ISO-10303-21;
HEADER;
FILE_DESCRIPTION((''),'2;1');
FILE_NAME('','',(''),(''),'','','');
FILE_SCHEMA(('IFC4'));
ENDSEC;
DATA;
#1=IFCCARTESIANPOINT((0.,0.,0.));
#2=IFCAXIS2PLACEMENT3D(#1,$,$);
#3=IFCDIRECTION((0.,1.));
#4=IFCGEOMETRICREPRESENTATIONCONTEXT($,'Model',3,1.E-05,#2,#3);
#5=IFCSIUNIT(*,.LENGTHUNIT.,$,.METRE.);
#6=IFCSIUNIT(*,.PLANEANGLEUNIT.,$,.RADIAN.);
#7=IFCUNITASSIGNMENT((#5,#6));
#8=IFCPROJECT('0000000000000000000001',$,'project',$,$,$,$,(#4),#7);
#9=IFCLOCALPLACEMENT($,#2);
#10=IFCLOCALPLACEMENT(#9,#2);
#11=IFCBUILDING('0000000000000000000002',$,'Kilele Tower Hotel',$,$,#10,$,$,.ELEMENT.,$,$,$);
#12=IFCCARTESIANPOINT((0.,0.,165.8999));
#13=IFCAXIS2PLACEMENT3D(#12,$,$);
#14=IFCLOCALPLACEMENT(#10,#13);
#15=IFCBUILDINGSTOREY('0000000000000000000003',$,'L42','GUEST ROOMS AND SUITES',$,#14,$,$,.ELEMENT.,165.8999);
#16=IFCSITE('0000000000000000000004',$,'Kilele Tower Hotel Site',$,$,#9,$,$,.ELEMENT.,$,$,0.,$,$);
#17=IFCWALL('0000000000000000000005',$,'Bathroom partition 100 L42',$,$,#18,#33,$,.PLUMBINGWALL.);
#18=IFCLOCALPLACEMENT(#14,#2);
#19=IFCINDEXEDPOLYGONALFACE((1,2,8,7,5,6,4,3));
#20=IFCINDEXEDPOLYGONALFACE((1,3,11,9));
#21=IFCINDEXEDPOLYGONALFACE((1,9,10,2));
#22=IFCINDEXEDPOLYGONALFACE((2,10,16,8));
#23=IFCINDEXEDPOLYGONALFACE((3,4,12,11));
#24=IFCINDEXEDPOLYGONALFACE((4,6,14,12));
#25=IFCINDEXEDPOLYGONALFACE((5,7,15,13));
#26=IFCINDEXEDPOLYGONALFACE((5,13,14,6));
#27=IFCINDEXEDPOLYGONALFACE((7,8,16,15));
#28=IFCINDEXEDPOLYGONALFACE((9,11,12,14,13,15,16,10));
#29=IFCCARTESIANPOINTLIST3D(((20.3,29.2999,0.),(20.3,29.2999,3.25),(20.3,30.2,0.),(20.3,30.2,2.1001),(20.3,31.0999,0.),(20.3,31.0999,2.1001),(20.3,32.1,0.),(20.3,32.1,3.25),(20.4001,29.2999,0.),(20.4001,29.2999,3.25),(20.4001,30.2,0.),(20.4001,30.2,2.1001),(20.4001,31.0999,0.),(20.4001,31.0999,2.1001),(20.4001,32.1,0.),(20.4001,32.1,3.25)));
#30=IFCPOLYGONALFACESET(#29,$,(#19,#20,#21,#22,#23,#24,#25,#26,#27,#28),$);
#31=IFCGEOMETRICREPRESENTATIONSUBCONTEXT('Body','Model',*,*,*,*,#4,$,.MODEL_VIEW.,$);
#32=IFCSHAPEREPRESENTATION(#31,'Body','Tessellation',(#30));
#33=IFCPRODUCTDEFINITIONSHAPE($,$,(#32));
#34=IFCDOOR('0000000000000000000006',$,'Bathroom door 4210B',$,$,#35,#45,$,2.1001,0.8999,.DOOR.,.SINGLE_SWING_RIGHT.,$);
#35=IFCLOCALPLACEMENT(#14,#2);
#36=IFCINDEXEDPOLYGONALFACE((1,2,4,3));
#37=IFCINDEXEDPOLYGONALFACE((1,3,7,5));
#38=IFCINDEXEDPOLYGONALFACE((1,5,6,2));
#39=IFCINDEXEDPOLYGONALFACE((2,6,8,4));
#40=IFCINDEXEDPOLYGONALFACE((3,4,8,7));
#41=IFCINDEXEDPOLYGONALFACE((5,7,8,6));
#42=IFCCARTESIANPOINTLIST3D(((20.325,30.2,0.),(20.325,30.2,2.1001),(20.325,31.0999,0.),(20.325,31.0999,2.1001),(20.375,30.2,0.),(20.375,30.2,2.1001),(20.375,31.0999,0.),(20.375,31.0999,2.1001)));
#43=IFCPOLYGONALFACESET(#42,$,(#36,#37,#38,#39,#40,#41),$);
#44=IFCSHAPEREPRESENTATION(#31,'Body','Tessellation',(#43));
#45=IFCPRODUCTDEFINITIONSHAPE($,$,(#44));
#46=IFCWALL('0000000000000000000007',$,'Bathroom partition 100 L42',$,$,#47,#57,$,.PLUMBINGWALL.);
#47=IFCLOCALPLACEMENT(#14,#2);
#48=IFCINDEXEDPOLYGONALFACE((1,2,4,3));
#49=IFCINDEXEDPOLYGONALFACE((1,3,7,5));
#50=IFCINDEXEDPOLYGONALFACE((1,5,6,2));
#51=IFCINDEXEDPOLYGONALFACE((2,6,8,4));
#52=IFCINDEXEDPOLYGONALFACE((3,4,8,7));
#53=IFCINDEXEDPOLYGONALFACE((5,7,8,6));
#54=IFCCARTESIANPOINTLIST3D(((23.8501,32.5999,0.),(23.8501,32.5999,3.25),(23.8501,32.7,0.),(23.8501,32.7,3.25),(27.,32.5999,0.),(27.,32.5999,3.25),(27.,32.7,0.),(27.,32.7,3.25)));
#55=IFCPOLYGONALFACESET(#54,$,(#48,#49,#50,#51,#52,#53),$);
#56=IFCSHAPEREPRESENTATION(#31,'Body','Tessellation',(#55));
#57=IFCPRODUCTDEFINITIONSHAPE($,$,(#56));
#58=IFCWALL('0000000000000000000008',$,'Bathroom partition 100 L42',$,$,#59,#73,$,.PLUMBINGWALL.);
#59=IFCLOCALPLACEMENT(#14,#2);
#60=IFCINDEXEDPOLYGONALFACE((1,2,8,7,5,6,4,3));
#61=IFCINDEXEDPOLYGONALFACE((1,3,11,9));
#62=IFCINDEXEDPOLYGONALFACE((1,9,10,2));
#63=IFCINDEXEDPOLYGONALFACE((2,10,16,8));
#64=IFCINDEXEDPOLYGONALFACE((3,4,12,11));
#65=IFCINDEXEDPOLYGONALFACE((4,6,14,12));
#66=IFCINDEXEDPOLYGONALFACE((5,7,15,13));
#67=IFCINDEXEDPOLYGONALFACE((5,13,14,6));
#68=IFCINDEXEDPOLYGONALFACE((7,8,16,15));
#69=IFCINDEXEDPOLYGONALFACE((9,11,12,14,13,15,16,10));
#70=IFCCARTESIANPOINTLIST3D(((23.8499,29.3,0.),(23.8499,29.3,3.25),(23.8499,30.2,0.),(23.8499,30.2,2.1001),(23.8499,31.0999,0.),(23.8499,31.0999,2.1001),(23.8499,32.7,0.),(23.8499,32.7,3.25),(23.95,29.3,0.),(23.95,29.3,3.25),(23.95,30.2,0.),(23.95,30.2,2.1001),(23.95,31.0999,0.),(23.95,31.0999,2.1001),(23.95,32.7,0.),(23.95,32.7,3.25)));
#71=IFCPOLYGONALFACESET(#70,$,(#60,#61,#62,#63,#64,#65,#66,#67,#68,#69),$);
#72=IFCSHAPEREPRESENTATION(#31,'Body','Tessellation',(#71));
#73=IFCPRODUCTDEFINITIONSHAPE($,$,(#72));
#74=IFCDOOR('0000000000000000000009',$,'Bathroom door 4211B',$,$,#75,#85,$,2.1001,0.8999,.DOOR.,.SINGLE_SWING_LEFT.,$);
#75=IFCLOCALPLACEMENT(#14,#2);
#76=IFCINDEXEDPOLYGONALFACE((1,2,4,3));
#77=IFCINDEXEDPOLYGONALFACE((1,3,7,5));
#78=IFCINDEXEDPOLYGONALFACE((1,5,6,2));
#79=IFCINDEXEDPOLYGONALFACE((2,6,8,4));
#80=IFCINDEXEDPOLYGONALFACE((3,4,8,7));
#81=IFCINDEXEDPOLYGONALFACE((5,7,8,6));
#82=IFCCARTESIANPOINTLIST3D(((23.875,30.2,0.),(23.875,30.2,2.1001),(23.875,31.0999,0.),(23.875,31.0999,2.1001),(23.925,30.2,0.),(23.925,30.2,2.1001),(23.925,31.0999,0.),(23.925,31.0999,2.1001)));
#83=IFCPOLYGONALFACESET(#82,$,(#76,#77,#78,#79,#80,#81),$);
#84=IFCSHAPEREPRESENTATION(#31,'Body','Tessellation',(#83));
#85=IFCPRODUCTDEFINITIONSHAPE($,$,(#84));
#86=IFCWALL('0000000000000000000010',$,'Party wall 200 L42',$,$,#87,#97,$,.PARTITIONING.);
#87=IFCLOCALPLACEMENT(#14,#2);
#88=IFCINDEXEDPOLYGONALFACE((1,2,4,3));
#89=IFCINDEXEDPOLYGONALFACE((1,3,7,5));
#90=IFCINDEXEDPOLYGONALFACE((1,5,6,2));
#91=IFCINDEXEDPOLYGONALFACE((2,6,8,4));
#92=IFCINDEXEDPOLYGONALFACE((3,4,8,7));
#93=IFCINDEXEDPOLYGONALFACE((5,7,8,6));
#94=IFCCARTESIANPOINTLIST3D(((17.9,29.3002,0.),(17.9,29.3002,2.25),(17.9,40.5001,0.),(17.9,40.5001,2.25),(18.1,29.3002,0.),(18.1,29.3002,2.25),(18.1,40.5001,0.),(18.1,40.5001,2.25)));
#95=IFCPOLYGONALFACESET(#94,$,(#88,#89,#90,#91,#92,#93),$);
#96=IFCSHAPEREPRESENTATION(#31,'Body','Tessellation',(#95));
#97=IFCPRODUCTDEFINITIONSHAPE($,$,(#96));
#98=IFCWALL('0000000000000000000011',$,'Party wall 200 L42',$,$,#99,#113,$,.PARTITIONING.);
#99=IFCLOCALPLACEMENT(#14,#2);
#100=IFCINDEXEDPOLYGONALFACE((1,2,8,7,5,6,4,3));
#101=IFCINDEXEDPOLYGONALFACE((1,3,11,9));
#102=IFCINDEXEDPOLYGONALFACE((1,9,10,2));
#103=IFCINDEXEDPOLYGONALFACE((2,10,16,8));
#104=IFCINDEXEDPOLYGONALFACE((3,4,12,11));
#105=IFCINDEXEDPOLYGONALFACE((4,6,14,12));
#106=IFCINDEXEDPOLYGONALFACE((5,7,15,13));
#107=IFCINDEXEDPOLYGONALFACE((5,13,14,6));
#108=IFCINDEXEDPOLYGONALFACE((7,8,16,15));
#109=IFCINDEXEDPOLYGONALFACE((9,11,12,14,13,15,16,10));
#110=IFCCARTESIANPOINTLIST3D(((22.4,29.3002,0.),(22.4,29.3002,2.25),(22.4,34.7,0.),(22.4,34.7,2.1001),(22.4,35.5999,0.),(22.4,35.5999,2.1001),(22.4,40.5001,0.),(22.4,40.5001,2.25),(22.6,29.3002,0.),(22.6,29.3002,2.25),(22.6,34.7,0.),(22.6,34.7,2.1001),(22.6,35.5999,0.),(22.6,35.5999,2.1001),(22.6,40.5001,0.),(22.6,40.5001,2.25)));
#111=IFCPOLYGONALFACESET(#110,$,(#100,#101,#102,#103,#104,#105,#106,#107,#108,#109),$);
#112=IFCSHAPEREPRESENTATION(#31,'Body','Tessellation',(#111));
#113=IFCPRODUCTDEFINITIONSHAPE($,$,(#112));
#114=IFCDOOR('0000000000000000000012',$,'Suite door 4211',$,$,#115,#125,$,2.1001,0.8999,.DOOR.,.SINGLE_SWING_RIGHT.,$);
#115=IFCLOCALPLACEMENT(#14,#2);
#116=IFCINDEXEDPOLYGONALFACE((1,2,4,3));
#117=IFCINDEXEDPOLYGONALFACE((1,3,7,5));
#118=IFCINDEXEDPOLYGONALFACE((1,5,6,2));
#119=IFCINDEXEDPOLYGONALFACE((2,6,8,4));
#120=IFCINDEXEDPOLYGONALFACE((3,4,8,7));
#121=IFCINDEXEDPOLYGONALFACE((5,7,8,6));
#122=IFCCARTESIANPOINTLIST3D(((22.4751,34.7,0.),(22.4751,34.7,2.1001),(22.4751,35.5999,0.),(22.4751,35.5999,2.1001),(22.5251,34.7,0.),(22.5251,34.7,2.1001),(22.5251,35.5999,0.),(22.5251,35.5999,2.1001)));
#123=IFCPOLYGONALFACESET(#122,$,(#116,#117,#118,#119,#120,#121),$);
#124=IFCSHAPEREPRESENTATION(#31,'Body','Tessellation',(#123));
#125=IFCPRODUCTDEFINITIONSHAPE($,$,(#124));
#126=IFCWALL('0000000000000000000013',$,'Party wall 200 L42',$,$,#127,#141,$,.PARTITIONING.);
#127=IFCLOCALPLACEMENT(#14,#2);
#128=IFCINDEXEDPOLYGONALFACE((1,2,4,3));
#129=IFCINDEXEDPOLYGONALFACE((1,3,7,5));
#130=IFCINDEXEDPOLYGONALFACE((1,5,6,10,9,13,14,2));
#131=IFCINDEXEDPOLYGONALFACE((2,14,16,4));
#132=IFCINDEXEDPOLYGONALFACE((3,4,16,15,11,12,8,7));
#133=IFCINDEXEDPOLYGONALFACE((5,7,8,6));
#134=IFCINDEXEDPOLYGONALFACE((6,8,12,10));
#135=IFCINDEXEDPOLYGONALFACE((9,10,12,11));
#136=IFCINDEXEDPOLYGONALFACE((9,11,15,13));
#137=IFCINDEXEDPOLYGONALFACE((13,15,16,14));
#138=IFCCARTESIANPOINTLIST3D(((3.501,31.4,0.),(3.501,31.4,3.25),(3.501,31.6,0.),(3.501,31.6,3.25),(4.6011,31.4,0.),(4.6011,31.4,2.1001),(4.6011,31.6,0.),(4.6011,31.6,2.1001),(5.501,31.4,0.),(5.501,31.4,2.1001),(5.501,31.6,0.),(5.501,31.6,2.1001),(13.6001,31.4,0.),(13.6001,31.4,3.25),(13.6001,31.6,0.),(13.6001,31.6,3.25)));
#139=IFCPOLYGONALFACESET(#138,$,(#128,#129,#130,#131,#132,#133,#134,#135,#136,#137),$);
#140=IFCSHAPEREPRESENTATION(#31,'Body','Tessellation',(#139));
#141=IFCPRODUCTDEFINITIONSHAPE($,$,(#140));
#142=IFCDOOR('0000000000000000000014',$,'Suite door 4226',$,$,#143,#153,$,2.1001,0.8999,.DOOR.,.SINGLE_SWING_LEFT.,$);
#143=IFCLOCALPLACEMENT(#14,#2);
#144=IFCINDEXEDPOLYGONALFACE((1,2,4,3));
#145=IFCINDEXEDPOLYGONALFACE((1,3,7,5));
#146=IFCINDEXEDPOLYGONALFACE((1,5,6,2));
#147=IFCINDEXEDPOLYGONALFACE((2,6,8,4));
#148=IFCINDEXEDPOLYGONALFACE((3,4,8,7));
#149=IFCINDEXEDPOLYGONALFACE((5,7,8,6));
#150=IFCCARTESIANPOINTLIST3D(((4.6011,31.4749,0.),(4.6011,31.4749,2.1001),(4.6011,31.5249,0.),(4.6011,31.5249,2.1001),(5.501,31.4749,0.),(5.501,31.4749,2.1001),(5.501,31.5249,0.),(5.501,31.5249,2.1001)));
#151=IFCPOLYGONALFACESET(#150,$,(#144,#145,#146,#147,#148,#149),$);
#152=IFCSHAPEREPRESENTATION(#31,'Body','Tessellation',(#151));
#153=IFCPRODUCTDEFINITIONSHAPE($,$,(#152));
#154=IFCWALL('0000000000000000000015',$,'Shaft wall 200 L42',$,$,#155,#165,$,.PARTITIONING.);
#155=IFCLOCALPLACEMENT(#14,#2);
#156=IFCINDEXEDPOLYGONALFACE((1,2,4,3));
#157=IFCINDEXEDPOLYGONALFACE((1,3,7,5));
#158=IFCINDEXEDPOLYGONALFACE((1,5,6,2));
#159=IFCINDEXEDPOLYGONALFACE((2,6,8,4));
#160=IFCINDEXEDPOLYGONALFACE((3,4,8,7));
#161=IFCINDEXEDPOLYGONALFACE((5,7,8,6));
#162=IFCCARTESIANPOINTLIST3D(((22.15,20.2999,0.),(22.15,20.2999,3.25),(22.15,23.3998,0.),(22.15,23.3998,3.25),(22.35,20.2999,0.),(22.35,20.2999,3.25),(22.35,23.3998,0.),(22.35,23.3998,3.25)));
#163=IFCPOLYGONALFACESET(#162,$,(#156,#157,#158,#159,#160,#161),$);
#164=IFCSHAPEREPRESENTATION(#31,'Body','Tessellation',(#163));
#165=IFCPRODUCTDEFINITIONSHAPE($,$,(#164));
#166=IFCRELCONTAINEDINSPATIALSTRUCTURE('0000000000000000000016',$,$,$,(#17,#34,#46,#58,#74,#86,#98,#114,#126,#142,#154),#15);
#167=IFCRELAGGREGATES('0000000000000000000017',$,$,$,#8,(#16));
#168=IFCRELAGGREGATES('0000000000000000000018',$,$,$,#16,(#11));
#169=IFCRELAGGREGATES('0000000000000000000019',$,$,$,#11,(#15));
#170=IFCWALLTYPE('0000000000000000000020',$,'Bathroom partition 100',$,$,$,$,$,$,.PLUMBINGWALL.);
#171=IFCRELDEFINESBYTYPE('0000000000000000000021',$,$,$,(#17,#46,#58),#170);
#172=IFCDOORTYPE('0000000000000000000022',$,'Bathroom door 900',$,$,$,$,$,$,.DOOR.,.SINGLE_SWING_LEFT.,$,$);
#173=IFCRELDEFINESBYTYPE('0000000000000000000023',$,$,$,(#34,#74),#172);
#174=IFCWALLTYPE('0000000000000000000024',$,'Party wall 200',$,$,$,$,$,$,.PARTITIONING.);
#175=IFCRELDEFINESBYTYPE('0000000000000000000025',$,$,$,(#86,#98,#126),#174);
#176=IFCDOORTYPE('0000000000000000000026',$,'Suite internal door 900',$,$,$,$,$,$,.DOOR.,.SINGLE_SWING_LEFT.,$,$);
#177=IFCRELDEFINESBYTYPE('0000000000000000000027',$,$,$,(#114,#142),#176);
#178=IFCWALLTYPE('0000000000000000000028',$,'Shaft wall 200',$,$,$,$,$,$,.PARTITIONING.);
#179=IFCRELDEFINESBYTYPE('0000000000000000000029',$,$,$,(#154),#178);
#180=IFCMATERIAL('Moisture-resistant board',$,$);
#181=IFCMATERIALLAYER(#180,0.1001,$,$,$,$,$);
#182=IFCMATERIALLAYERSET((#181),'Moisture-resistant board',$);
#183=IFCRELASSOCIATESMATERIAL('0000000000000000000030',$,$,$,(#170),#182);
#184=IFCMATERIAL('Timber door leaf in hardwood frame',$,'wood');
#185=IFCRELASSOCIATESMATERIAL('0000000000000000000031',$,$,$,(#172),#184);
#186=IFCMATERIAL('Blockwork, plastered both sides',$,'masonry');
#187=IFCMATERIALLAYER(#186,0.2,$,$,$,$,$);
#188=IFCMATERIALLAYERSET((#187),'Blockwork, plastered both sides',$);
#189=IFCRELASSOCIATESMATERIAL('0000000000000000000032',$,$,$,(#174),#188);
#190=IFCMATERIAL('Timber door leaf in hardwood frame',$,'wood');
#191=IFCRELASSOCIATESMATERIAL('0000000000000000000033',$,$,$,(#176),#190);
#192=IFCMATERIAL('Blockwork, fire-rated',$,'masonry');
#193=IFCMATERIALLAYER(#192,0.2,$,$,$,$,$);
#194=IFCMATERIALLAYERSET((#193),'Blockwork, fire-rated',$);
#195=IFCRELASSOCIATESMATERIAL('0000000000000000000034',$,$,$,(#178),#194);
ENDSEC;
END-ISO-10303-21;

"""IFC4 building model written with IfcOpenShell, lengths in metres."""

from ifc_helpers import new_model, si_unit, direction, frame, frame_2d, origin, place, context, subcontext, project, spatial, rectangle, extrude, material, layer, layer_set, type_object, element, fill, save


model = new_model("IFC4")

# Units and contexts
model_context = context("Model", 3, precision=1e-05, world=origin(), true_north=direction((0.0, 1.0)))
body_context = subcontext(model_context, "Body", "Model", "MODEL_VIEW")
ifc_project = project(units=[si_unit("LENGTHUNIT", "METRE"), si_unit("PLANEANGLEUNIT", "RADIAN")], contexts=[model_context])

# Site, building, storey
site_placement = place(None, origin())
site = spatial("IfcSite", under=ifc_project, at=site_placement, Name="Kilele Tower Hotel Site", CompositionType="ELEMENT", RefElevation=0.0)
building_placement = place(site_placement, origin())
building = spatial("IfcBuilding", under=site, at=building_placement, Name="Kilele Tower Hotel", CompositionType="ELEMENT")
storey_placement = place(building_placement, frame((0.0, 0.0, 165.8999)))
storey = spatial("IfcBuildingStorey", under=building, at=storey_placement, Name="L42", Description="GUEST ROOMS AND SUITES", CompositionType="ELEMENT", Elevation=165.8999)

# Shared definitions
ifc_material_1 = material(Name="Moisture-resistant board")
ifc_layer_1 = layer(ifc_material_1, 0.1001)
ifc_layer_set_1 = layer_set([ifc_layer_1], Name="Moisture-resistant board")
wall_type_1 = type_object("IfcWallType", Name="Bathroom partition 100", PredefinedType="PLUMBINGWALL", material=ifc_layer_set_1)

# Shared definitions
ifc_material_2 = material(Name="Timber door leaf in hardwood frame", Category="wood")
door_type_1 = type_object("IfcDoorType", Name="Bathroom door 900", OperationType="SINGLE_SWING_LEFT", PredefinedType="DOOR", material=ifc_material_2)

# Wall, opening, door
wall_1_placement = place(storey_placement, frame((20.3501, 29.3, 0.0), z_axis=(0.0, 0.0, 1.0), x_axis=(0.0, 1.0, 0.0)))
wall_1 = element("IfcWall", 1, at=wall_1_placement, inside=storey, type_object=wall_type_1, Name="Bathroom partition 100 L42", PredefinedType="PLUMBINGWALL", context=body_context, shape_type="SweptSolid", body=[
    extrude(rectangle(XDim=2.8, YDim=0.1001, at=frame_2d((1.3999, 0.0))), origin(), (0.0, 0.0, 1.0), 3.25),
])
opening_1_placement = place(wall_1_placement, frame((1.7998, 0.0, 0.0), z_axis=(0.0, 0.0, 1.0), x_axis=(-1.0, 0.0, 0.0)))
opening_1 = element("IfcOpeningElement", 2, at=opening_1_placement, cuts=wall_1, PredefinedType="OPENING", context=body_context, shape_type="SweptSolid", body=[
    extrude(rectangle(XDim=0.8999, YDim=2.1001, at=frame_2d((0.45, 1.05))), frame((0.0, 0.0601, 0.0), z_axis=(0.0, -1.0, 0.0), x_axis=(1.0, 0.0, 0.0)), (0.0, 0.0, 1.0), 0.1201),
])
door_1_placement = place(opening_1_placement, origin())
door_1 = element("IfcDoor", 3, at=door_1_placement, inside=storey, type_object=door_type_1, Name="Bathroom door 4210B", OperationType="SINGLE_SWING_RIGHT", OverallHeight=2.1001, OverallWidth=0.8999, PredefinedType="DOOR", context=body_context, shape_type="SweptSolid", body=[
    extrude(rectangle(XDim=0.8999, YDim=2.1001, at=frame_2d((0.45, 1.05))), frame((0.0, 0.0249, 0.0), z_axis=(0.0, -1.0, 0.0), x_axis=(1.0, 0.0, 0.0)), (0.0, 0.0, 1.0), 0.05),
])
fill(opening_1, door_1)

# Wall
wall_2_placement = place(storey_placement, frame((23.8501, 32.6499, 0.0), z_axis=(0.0, 0.0, 1.0), x_axis=(1.0, 0.0, 0.0)))
element("IfcWall", 4, at=wall_2_placement, inside=storey, type_object=wall_type_1, Name="Bathroom partition 100 L42", PredefinedType="PLUMBINGWALL", context=body_context, shape_type="SweptSolid", body=[
    extrude(rectangle(XDim=3.1499, YDim=0.1001, at=frame_2d((1.575, 0.0))), origin(), (0.0, 0.0, 1.0), 3.25),
])

# Wall, opening, door
wall_3_placement = place(storey_placement, frame((23.8999, 29.3, 0.0), z_axis=(0.0, 0.0, 1.0), x_axis=(0.0, 1.0, 0.0)))
wall_3 = element("IfcWall", 5, at=wall_3_placement, inside=storey, type_object=wall_type_1, Name="Bathroom partition 100 L42", PredefinedType="PLUMBINGWALL", context=body_context, shape_type="SweptSolid", body=[
    extrude(rectangle(XDim=3.3999, YDim=0.1001, at=frame_2d((1.7, 0.0))), origin(), (0.0, 0.0, 1.0), 3.25),
])
opening_2_placement = place(wall_3_placement, frame((0.8999, 0.0, 0.0)))
opening_2 = element("IfcOpeningElement", 6, at=opening_2_placement, cuts=wall_3, PredefinedType="OPENING", context=body_context, shape_type="SweptSolid", body=[
    extrude(rectangle(XDim=0.8999, YDim=2.1001, at=frame_2d((0.45, 1.05))), frame((0.0, 0.0601, 0.0), z_axis=(0.0, -1.0, 0.0), x_axis=(1.0, 0.0, 0.0)), (0.0, 0.0, 1.0), 0.1201),
])
door_2_placement = place(opening_2_placement, origin())
door_2 = element("IfcDoor", 7, at=door_2_placement, inside=storey, type_object=door_type_1, Name="Bathroom door 4211B", OperationType="SINGLE_SWING_LEFT", OverallHeight=2.1001, OverallWidth=0.8999, PredefinedType="DOOR", context=body_context, shape_type="SweptSolid", body=[
    extrude(rectangle(XDim=0.8999, YDim=2.1001, at=frame_2d((0.45, 1.05))), frame((0.0, 0.0249, 0.0), z_axis=(0.0, -1.0, 0.0), x_axis=(1.0, 0.0, 0.0)), (0.0, 0.0, 1.0), 0.05),
])
fill(opening_2, door_2)

# Wall
ifc_material_3 = material(Name="Blockwork, plastered both sides", Category="masonry")
ifc_layer_2 = layer(ifc_material_3, 0.2)
ifc_layer_set_2 = layer_set([ifc_layer_2], Name="Blockwork, plastered both sides")
wall_type_2 = type_object("IfcWallType", Name="Party wall 200", PredefinedType="PARTITIONING", material=ifc_layer_set_2)
wall_4_placement = place(storey_placement, frame((18.0, 29.3, 0.0), z_axis=(0.0, 0.0, 1.0), x_axis=(0.0, 1.0, 0.0)))
element("IfcWall", 8, at=wall_4_placement, inside=storey, type_object=wall_type_2, Name="Party wall 200 L42", PredefinedType="PARTITIONING", context=body_context, shape_type="SweptSolid", body=[
    extrude(rectangle(XDim=11.2, YDim=0.2, at=frame_2d((5.6001, 0.0))), origin(), (0.0, 0.0, 1.0), 2.25),
])

# Walls, openings, doors
wall_5_placement = place(storey_placement, frame((22.5, 29.3, 0.0), z_axis=(0.0, 0.0, 1.0), x_axis=(0.0, 1.0, 0.0)))
wall_5 = element("IfcWall", 9, at=wall_5_placement, inside=storey, type_object=wall_type_2, Name="Party wall 200 L42", PredefinedType="PARTITIONING", context=body_context, shape_type="SweptSolid", body=[
    extrude(rectangle(XDim=11.2, YDim=0.2, at=frame_2d((5.6001, 0.0))), origin(), (0.0, 0.0, 1.0), 2.25),
])
opening_3_placement = place(wall_5_placement, frame((5.3999, 0.0, 0.0)))
opening_3 = element("IfcOpeningElement", 10, at=opening_3_placement, cuts=wall_5, PredefinedType="OPENING", context=body_context, shape_type="SweptSolid", body=[
    extrude(rectangle(XDim=0.8999, YDim=2.1001, at=frame_2d((0.45, 1.05))), frame((0.0, 0.1099, 0.0), z_axis=(0.0, -1.0, 0.0), x_axis=(1.0, 0.0, 0.0)), (0.0, 0.0, 1.0), 0.22),
])
ifc_material_4 = material(Name="Timber door leaf in hardwood frame", Category="wood")
door_type_2 = type_object("IfcDoorType", Name="Suite internal door 900", OperationType="SINGLE_SWING_LEFT", PredefinedType="DOOR", material=ifc_material_4)
door_3_placement = place(opening_3_placement, origin())
door_3 = element("IfcDoor", 11, at=door_3_placement, inside=storey, type_object=door_type_2, Name="Suite door 4211", OperationType="SINGLE_SWING_RIGHT", OverallHeight=2.1001, OverallWidth=0.8999, PredefinedType="DOOR", context=body_context, shape_type="SweptSolid", body=[
    extrude(rectangle(XDim=0.8999, YDim=2.1001, at=frame_2d((0.45, 1.05))), frame((0.0, 0.0249, 0.0), z_axis=(0.0, -1.0, 0.0), x_axis=(1.0, 0.0, 0.0)), (0.0, 0.0, 1.0), 0.05),
])
fill(opening_3, door_3)
wall_6_placement = place(storey_placement, frame((13.6001, 31.5, 0.0), z_axis=(0.0, 0.0, 1.0), x_axis=(-1.0, 0.0, 0.0)))
wall_6 = element("IfcWall", 12, at=wall_6_placement, inside=storey, type_object=wall_type_2, Name="Party wall 200 L42", PredefinedType="PARTITIONING", context=body_context, shape_type="SweptSolid", body=[
    extrude(rectangle(XDim=10.0991, YDim=0.2, at=frame_2d((5.0496, 0.0))), origin(), (0.0, 0.0, 1.0), 3.25),
])
opening_4_placement = place(wall_6_placement, frame((8.999, 0.0, 0.0), z_axis=(0.0, 0.0, 1.0), x_axis=(-1.0, 0.0, 0.0)))
opening_4 = element("IfcOpeningElement", 13, at=opening_4_placement, cuts=wall_6, PredefinedType="OPENING", context=body_context, shape_type="SweptSolid", body=[
    extrude(rectangle(XDim=0.8999, YDim=2.1001, at=frame_2d((0.45, 1.05))), frame((0.0, 0.1099, 0.0), z_axis=(0.0, -1.0, 0.0), x_axis=(1.0, 0.0, 0.0)), (0.0, 0.0, 1.0), 0.22),
])
door_4_placement = place(opening_4_placement, origin())
door_4 = element("IfcDoor", 14, at=door_4_placement, inside=storey, type_object=door_type_2, Name="Suite door 4226", OperationType="SINGLE_SWING_LEFT", OverallHeight=2.1001, OverallWidth=0.8999, PredefinedType="DOOR", context=body_context, shape_type="SweptSolid", body=[
    extrude(rectangle(XDim=0.8999, YDim=2.1001, at=frame_2d((0.45, 1.05))), frame((0.0, 0.0249, 0.0), z_axis=(0.0, -1.0, 0.0), x_axis=(1.0, 0.0, 0.0)), (0.0, 0.0, 1.0), 0.05),
])
fill(opening_4, door_4)

# Wall
ifc_material_5 = material(Name="Blockwork, fire-rated", Category="masonry")
ifc_layer_3 = layer(ifc_material_5, 0.2)
ifc_layer_set_3 = layer_set([ifc_layer_3], Name="Blockwork, fire-rated")
wall_type_3 = type_object("IfcWallType", Name="Shaft wall 200", PredefinedType="PARTITIONING", material=ifc_layer_set_3)
wall_7_placement = place(storey_placement, frame((22.25, 20.3, 0.0), z_axis=(0.0, 0.0, 1.0), x_axis=(0.0, 1.0, 0.0)))
element("IfcWall", 15, at=wall_7_placement, inside=storey, type_object=wall_type_3, Name="Shaft wall 200 L42", PredefinedType="PARTITIONING", context=body_context, shape_type="SweptSolid", body=[
    extrude(rectangle(XDim=3.0999, YDim=0.2, at=frame_2d((1.5498, 0.0))), origin(), (0.0, 0.0, 1.0), 3.25),
])

save(model, "model.ifc")
